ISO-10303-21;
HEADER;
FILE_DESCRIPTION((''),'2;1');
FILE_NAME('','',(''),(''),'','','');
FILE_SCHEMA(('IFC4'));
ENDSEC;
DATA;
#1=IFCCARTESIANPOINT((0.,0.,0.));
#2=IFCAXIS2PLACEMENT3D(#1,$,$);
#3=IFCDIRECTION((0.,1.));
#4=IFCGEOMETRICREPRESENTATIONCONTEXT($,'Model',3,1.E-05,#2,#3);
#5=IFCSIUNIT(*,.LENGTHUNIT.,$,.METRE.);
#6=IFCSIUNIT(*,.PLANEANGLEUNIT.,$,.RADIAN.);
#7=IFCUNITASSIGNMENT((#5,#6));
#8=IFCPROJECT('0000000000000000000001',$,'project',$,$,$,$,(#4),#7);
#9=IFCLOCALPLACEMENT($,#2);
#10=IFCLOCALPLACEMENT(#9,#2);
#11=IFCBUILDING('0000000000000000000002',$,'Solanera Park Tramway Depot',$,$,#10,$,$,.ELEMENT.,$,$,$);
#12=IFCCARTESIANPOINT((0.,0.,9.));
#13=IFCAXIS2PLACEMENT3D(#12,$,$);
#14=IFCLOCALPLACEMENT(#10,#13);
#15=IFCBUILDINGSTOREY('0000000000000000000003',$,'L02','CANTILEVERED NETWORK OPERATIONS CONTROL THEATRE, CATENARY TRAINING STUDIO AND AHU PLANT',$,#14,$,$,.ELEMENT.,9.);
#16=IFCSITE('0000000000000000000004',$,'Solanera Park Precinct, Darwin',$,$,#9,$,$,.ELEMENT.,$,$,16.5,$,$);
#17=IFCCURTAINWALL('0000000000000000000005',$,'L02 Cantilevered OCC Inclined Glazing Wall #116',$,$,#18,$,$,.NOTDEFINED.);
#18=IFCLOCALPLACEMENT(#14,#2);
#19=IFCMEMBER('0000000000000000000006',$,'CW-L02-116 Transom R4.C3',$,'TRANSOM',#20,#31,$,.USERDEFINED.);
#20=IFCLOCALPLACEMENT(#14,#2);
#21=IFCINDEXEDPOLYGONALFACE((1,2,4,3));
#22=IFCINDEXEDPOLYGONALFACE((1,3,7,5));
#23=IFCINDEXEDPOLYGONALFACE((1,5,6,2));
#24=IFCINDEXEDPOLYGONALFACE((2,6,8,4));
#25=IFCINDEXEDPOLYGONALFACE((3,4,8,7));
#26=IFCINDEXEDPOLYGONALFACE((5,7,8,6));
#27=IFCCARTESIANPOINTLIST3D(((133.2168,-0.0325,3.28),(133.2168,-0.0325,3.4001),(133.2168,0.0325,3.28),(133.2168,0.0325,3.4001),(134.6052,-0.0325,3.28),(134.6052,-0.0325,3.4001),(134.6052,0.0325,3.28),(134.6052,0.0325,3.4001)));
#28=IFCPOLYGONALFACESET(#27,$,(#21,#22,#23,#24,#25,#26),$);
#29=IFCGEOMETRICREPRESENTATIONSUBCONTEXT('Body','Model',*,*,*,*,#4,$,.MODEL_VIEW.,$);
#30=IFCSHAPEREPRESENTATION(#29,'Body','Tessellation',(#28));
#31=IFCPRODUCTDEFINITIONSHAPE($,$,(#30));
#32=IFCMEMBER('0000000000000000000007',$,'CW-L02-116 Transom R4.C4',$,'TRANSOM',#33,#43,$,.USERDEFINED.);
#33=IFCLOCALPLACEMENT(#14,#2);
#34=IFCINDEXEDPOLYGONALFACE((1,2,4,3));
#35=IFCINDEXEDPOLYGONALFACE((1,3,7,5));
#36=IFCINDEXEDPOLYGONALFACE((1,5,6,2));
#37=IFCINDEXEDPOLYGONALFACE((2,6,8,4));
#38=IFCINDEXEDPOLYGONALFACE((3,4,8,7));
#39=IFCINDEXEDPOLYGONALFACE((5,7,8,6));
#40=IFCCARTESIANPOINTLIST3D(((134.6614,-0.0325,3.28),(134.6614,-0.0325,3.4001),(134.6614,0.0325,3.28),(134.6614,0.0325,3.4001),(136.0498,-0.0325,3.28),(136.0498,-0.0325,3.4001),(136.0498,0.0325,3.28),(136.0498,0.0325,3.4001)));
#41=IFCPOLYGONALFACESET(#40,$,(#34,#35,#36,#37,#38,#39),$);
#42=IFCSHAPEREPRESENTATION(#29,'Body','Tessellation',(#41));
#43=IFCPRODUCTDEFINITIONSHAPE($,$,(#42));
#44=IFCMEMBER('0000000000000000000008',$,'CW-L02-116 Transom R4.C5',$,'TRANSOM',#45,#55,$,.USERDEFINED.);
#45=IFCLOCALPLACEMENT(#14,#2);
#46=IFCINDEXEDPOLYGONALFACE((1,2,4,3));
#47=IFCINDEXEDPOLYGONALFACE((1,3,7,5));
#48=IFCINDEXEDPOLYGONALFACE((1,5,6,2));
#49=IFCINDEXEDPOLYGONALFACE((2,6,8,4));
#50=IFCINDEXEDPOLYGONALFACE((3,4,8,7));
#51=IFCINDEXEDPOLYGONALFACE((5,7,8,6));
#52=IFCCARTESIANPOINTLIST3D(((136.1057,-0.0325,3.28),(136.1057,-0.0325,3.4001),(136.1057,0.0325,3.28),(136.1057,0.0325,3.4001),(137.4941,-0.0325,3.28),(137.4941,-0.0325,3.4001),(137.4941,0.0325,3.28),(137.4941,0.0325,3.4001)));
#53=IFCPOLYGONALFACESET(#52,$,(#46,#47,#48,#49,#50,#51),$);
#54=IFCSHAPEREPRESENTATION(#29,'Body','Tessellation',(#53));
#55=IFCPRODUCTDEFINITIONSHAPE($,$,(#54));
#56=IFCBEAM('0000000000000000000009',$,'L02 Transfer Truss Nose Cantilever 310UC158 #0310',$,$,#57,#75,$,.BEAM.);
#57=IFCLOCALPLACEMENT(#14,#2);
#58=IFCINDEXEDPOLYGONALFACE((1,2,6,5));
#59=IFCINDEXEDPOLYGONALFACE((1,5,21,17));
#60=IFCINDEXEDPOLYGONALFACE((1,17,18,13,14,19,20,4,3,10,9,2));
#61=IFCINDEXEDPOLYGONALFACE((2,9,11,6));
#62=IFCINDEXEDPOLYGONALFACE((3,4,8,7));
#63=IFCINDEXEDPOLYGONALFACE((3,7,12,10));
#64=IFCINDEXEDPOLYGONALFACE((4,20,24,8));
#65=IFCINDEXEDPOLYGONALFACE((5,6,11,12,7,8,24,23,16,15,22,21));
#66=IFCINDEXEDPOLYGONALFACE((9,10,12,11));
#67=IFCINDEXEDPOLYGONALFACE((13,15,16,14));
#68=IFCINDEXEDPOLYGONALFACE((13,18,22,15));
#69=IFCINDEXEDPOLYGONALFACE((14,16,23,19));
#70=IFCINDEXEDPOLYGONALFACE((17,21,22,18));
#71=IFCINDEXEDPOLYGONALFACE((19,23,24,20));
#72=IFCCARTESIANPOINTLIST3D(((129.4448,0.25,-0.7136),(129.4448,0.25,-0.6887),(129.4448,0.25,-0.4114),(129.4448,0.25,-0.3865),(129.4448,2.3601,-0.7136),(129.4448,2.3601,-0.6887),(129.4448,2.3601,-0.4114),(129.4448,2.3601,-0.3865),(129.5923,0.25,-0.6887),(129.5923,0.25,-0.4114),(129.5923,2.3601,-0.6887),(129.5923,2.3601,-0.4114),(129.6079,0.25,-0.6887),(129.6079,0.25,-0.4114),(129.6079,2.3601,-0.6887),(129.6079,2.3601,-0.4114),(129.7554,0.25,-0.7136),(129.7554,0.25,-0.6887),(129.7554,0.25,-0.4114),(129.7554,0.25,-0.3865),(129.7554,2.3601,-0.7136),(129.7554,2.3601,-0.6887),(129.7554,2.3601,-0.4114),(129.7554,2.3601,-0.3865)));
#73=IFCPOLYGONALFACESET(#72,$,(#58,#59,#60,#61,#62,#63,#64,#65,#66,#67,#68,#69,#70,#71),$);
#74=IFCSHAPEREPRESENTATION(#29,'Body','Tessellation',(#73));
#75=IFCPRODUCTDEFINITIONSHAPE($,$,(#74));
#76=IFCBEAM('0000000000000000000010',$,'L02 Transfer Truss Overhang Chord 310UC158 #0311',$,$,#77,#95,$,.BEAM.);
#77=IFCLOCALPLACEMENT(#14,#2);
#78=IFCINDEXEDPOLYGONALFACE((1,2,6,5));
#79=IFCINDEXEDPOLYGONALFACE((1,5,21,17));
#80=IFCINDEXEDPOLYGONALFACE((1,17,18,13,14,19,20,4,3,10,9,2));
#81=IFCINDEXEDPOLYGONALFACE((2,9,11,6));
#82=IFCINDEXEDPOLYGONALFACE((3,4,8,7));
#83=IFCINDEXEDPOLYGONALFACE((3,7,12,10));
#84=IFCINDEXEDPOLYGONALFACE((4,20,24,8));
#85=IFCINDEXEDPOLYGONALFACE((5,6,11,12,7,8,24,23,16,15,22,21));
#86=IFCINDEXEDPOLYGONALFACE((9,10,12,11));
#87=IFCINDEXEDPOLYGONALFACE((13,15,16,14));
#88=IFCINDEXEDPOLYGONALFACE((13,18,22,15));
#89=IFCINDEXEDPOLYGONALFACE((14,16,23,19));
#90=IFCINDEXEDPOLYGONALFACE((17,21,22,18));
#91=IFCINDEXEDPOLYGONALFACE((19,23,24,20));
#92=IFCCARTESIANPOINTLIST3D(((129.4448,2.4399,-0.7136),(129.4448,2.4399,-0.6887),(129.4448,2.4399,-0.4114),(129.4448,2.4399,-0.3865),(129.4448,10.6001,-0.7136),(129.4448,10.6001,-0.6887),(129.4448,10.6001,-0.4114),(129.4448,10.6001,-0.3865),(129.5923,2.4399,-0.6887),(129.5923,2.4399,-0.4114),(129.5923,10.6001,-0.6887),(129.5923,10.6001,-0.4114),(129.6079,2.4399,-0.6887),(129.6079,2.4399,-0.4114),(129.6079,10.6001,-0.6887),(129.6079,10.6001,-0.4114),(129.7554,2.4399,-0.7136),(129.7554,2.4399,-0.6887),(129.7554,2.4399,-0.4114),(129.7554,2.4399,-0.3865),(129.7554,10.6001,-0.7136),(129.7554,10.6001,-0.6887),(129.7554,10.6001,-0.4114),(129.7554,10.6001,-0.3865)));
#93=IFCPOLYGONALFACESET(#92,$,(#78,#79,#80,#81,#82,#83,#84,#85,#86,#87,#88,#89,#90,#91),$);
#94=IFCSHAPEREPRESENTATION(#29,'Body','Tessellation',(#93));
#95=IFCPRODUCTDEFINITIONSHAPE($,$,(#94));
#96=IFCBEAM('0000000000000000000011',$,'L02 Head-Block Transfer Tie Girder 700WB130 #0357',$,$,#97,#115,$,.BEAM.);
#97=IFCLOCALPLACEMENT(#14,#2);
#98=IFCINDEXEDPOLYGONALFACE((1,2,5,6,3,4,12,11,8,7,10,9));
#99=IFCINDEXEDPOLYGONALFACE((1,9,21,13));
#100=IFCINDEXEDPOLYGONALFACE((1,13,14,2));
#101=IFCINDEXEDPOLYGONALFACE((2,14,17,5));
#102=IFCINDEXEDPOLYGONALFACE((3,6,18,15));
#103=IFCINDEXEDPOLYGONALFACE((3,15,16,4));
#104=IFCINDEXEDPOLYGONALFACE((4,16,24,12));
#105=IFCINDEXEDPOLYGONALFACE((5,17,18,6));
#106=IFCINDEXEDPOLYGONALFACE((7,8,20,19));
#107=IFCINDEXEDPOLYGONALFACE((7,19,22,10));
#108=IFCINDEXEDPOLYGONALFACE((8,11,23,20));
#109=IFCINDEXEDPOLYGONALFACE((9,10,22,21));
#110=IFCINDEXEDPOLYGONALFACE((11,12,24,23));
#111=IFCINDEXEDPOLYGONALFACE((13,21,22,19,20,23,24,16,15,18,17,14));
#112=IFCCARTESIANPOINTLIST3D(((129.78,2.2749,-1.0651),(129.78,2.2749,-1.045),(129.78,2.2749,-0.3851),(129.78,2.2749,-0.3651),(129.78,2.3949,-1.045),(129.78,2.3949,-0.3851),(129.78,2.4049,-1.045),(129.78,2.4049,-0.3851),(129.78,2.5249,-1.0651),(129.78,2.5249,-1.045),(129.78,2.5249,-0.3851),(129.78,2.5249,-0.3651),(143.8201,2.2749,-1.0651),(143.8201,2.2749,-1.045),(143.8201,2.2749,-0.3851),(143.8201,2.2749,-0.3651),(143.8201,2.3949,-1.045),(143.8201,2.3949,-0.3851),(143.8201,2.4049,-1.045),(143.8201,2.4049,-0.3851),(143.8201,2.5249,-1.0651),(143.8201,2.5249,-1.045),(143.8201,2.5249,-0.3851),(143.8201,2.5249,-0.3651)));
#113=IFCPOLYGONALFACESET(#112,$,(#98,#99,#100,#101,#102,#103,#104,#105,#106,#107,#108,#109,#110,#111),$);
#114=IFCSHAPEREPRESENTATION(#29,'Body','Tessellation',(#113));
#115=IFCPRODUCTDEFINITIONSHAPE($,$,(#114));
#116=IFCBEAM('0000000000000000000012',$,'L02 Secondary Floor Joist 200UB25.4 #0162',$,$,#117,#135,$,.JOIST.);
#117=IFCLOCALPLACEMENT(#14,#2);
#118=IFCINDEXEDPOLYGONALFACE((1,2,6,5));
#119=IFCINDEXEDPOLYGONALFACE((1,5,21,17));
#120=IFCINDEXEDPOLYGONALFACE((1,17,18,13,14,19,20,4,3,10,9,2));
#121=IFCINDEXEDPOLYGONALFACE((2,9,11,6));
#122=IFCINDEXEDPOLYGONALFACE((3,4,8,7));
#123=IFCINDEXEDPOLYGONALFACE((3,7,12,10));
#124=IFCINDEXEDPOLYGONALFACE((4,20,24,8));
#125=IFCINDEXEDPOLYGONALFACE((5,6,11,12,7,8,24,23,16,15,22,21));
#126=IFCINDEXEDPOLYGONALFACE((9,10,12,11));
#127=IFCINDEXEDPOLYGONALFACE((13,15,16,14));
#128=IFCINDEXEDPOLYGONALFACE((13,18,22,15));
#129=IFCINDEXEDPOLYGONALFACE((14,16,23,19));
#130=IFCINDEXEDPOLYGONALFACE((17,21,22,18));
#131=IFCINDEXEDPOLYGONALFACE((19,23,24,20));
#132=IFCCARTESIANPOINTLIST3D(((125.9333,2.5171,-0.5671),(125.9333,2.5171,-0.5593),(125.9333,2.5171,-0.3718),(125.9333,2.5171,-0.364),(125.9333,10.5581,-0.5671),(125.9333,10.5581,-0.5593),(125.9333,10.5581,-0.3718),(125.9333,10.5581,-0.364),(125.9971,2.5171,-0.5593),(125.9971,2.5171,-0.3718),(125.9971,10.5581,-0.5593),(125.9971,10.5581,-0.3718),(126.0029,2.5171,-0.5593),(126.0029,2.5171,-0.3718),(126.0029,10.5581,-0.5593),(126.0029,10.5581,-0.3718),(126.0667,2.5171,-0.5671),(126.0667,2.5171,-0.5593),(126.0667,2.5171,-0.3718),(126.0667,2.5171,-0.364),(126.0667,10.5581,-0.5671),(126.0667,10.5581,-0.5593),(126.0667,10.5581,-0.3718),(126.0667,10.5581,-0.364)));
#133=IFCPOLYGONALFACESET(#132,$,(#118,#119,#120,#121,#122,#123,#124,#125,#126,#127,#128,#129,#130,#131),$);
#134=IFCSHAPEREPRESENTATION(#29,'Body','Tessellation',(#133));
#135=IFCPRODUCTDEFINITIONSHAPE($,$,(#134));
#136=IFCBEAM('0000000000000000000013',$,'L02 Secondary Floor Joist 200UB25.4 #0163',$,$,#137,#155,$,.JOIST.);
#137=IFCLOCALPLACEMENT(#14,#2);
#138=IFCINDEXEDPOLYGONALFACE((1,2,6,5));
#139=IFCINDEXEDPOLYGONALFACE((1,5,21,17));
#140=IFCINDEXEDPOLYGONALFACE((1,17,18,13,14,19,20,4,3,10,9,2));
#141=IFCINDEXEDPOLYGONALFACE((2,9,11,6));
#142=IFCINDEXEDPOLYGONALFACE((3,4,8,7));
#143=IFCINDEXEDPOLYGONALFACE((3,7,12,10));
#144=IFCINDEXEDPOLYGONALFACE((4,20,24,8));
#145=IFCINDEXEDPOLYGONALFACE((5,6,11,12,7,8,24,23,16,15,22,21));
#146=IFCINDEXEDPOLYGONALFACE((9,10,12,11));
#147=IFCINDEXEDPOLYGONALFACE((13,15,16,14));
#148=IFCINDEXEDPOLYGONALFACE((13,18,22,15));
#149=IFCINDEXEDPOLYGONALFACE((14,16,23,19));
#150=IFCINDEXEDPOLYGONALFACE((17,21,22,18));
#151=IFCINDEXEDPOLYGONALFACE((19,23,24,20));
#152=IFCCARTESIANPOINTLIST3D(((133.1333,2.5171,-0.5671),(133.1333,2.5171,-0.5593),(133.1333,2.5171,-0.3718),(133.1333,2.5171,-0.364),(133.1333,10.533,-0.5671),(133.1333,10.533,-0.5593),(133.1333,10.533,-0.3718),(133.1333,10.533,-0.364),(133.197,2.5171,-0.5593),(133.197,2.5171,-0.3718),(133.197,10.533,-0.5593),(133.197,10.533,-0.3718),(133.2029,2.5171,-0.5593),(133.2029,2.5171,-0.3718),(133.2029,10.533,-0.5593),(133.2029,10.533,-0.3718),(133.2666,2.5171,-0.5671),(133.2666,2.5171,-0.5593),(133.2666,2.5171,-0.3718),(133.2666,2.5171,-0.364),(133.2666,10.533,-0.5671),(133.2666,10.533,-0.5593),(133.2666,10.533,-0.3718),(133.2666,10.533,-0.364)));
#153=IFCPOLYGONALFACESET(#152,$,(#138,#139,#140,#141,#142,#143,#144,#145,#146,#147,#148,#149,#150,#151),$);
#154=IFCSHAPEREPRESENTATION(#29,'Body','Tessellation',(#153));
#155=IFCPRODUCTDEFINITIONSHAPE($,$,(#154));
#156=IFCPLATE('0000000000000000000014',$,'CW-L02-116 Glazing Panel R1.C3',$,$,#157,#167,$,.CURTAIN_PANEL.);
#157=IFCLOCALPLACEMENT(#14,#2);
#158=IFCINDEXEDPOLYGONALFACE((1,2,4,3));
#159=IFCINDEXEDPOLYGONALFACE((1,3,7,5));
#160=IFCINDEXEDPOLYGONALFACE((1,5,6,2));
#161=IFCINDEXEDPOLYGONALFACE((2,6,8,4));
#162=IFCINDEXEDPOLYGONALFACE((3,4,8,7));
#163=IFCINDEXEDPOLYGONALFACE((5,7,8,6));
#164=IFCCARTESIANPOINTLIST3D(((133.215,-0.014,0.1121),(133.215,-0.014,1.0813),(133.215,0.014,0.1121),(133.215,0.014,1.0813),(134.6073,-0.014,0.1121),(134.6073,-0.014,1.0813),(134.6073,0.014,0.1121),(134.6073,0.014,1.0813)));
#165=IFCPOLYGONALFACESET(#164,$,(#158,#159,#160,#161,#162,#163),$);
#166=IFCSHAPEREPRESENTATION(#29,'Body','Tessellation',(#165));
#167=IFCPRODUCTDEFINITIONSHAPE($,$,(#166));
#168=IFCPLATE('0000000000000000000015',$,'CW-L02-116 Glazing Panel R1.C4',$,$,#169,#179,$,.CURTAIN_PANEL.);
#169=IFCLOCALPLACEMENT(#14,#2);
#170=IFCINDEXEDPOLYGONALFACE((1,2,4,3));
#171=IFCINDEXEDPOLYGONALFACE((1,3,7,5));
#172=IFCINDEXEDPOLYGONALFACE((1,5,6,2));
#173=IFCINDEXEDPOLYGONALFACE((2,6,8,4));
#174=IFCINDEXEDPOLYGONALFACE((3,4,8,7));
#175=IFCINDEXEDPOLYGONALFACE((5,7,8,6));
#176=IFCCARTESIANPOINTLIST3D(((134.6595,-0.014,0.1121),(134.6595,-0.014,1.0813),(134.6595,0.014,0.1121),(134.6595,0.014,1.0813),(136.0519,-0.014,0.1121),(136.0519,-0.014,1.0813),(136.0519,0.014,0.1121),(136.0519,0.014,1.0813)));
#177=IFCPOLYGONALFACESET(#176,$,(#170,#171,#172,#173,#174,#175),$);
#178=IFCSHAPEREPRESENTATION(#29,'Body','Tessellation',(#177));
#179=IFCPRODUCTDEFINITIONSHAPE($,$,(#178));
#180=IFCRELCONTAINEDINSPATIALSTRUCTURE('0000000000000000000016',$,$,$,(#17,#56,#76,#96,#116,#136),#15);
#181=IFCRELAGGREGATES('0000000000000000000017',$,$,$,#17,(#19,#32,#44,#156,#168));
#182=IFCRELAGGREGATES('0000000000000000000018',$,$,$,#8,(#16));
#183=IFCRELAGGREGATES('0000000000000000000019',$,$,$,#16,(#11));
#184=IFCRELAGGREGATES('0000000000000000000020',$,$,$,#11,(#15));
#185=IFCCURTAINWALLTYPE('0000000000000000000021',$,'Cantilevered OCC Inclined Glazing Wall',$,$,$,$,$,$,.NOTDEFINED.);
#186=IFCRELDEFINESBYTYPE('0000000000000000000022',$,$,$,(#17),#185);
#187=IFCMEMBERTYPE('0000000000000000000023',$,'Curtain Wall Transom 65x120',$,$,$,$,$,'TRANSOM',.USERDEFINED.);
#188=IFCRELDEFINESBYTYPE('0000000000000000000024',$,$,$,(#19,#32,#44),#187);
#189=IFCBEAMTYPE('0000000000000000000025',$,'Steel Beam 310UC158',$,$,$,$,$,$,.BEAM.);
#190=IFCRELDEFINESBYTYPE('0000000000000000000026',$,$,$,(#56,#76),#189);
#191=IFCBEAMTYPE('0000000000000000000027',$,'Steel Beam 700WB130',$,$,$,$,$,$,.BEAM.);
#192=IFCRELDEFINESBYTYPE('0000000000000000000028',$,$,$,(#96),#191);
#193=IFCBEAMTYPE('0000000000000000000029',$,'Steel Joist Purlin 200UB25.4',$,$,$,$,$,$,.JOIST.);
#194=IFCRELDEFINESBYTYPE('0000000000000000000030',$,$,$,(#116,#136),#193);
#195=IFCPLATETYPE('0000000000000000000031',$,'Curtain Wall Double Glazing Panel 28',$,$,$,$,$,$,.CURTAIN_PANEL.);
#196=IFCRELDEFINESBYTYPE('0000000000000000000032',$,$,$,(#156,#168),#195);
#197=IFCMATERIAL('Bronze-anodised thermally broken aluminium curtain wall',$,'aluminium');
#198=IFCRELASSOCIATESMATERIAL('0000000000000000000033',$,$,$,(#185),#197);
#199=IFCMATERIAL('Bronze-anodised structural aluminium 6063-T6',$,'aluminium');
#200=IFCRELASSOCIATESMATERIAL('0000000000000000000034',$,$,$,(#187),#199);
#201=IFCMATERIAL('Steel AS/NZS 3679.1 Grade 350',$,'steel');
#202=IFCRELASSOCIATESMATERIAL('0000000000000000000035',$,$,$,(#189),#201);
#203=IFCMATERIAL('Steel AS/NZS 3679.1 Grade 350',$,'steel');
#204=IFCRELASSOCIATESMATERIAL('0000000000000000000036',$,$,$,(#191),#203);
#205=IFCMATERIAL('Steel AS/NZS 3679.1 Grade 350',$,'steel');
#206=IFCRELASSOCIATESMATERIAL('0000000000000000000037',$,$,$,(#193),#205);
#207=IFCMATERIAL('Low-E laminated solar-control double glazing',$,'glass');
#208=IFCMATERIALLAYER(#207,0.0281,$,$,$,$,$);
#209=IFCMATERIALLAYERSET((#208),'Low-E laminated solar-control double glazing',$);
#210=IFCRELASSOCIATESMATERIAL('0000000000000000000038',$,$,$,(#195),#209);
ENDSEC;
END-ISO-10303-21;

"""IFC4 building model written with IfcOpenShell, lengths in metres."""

from ifc_helpers import new_model, si_unit, direction, frame, origin, origin_2d, place, context, subcontext, project, spatial, rectangle, i_section, extrude, material, layer, layer_set, material_profile, profile_set, type_object, element, aggregate, save


model = new_model("IFC4")

# Units and contexts
model_context = context("Model", 3, precision=1e-05, world=origin(), true_north=direction((0.0, 1.0)))
body_context = subcontext(model_context, "Body", "Model", "MODEL_VIEW")
ifc_project = project(units=[si_unit("LENGTHUNIT", "METRE"), si_unit("PLANEANGLEUNIT", "RADIAN")], contexts=[model_context])

# Site, building, storey
site_placement = place(None, origin())
site = spatial("IfcSite", under=ifc_project, at=site_placement, Name="Solanera Park Precinct, Darwin", CompositionType="ELEMENT", RefElevation=16.5)
building_placement = place(site_placement, origin())
building = spatial("IfcBuilding", under=site, at=building_placement, Name="Solanera Park Tramway Depot", CompositionType="ELEMENT")
storey_placement = place(building_placement, frame((0.0, 0.0, 9.0)))
storey = spatial("IfcBuildingStorey", under=building, at=storey_placement, Name="L02", Description="CANTILEVERED NETWORK OPERATIONS CONTROL THEATRE, CATENARY TRAINING STUDIO AND AHU PLANT", CompositionType="ELEMENT", Elevation=9.0)

# Curtain wall, members
ifc_material_1 = material(Name="Bronze-anodised thermally broken aluminium curtain wall", Category="aluminium")
curtain_wall_type = type_object("IfcCurtainWallType", Name="Cantilevered OCC Inclined Glazing Wall", PredefinedType="NOTDEFINED", material=ifc_material_1)
curtain_wall_placement = place(storey_placement, origin())
curtain_wall = element("IfcCurtainWall", 1, at=curtain_wall_placement, inside=storey, type_object=curtain_wall_type, Name="L02 Cantilevered OCC Inclined Glazing Wall #116", PredefinedType="NOTDEFINED")
ifc_material_2 = material(Name="Bronze-anodised structural aluminium 6063-T6", Category="aluminium")
ifc_material_profile_1 = material_profile(ifc_material_2, rectangle(XDim=0.0649, YDim=0.1201, at=origin_2d()), Name="Curtain Wall Transom 65x120")
ifc_profile_set_1 = profile_set([ifc_material_profile_1], Name="Bronze-anodised structural aluminium 6063-T6")
member_type_1 = type_object("IfcMemberType", Name="Curtain Wall Transom 65x120", ElementType="TRANSOM", PredefinedType="USERDEFINED", material=ifc_profile_set_1)
member_1_placement = place(storey_placement, frame((133.2168, 0.0, 3.3401), z_axis=(1.0, 0.0, 0.0), x_axis=(0.0, 1.0, 0.0)))
member_1 = element("IfcMember", 2, at=member_1_placement, type_object=member_type_1, Name="CW-L02-116 Transom R4.C3", ObjectType="TRANSOM", PredefinedType="USERDEFINED", context=body_context, shape_type="SweptSolid", body=[
    extrude(rectangle(XDim=0.0649, YDim=0.1201, at=origin_2d()), origin(), (0.0, 0.0, 1.0), 1.3884),
])
member_2_placement = place(storey_placement, frame((134.6614, 0.0, 3.3401), z_axis=(1.0, 0.0, 0.0), x_axis=(0.0, 1.0, 0.0)))
member_2 = element("IfcMember", 3, at=member_2_placement, type_object=member_type_1, Name="CW-L02-116 Transom R4.C4", ObjectType="TRANSOM", PredefinedType="USERDEFINED", context=body_context, shape_type="SweptSolid", body=[
    extrude(rectangle(XDim=0.0649, YDim=0.1201, at=origin_2d()), origin(), (0.0, 0.0, 1.0), 1.3884),
])
member_3_placement = place(storey_placement, frame((136.1057, 0.0, 3.3401), z_axis=(1.0, 0.0, 0.0), x_axis=(0.0, 1.0, 0.0)))
member_3 = element("IfcMember", 4, at=member_3_placement, type_object=member_type_1, Name="CW-L02-116 Transom R4.C5", ObjectType="TRANSOM", PredefinedType="USERDEFINED", context=body_context, shape_type="SweptSolid", body=[
    extrude(rectangle(XDim=0.0649, YDim=0.1201, at=origin_2d()), origin(), (0.0, 0.0, 1.0), 1.3884),
])

# Beams
ifc_material_3 = material(Name="Steel AS/NZS 3679.1 Grade 350", Category="steel")
ifc_material_profile_2 = material_profile(ifc_material_3, i_section(OverallWidth=0.3105, OverallDepth=0.3271, WebThickness=0.0156, FlangeThickness=0.0249, at=origin_2d()), Name="310UC158")
ifc_profile_set_2 = profile_set([ifc_material_profile_2], Name="Steel AS/NZS 3679.1 Grade 350")
beam_type_1 = type_object("IfcBeamType", Name="Steel Beam 310UC158", PredefinedType="BEAM", material=ifc_profile_set_2)
beam_1_placement = place(storey_placement, frame((129.6001, 0.25, -0.55), z_axis=(0.0, 1.0, 0.0), x_axis=(-1.0, 0.0, 0.0)))
element("IfcBeam", 5, at=beam_1_placement, inside=storey, type_object=beam_type_1, Name="L02 Transfer Truss Nose Cantilever 310UC158 #0310", PredefinedType="BEAM", context=body_context, shape_type="SweptSolid", body=[
    extrude(i_section(OverallWidth=0.3105, OverallDepth=0.3271, WebThickness=0.0156, FlangeThickness=0.0249, at=origin_2d()), origin(), (0.0, 0.0, 1.0), 2.1101),
])
beam_2_placement = place(storey_placement, frame((129.6001, 2.4399, -0.55), z_axis=(0.0, 1.0, 0.0), x_axis=(-1.0, 0.0, 0.0)))
element("IfcBeam", 6, at=beam_2_placement, inside=storey, type_object=beam_type_1, Name="L02 Transfer Truss Overhang Chord 310UC158 #0311", PredefinedType="BEAM", context=body_context, shape_type="SweptSolid", body=[
    extrude(i_section(OverallWidth=0.3105, OverallDepth=0.3271, WebThickness=0.0156, FlangeThickness=0.0249, at=origin_2d()), origin(), (0.0, 0.0, 1.0), 8.1602),
])
ifc_material_4 = material(Name="Steel AS/NZS 3679.1 Grade 350", Category="steel")
ifc_material_profile_3 = material_profile(ifc_material_4, i_section(OverallWidth=0.25, OverallDepth=0.7, WebThickness=0.01, FlangeThickness=0.02, at=origin_2d()), Name="700WB130")
ifc_profile_set_3 = profile_set([ifc_material_profile_3], Name="Steel AS/NZS 3679.1 Grade 350")
beam_type_2 = type_object("IfcBeamType", Name="Steel Beam 700WB130", PredefinedType="BEAM", material=ifc_profile_set_3)
beam_3_placement = place(storey_placement, frame((129.78, 2.3999, -0.7151), z_axis=(1.0, 0.0, 0.0), x_axis=(0.0, 1.0, 0.0)))
element("IfcBeam", 7, at=beam_3_placement, inside=storey, type_object=beam_type_2, Name="L02 Head-Block Transfer Tie Girder 700WB130 #0357", PredefinedType="BEAM", context=body_context, shape_type="SweptSolid", body=[
    extrude(i_section(OverallWidth=0.25, OverallDepth=0.7, WebThickness=0.01, FlangeThickness=0.02, at=origin_2d()), origin(), (0.0, 0.0, 1.0), 14.04),
])
ifc_material_5 = material(Name="Steel AS/NZS 3679.1 Grade 350", Category="steel")
ifc_material_profile_4 = material_profile(ifc_material_5, i_section(OverallWidth=0.1333, OverallDepth=0.2031, WebThickness=0.0059, FlangeThickness=0.0078, at=origin_2d()), Name="200UB25.4")
ifc_profile_set_4 = profile_set([ifc_material_profile_4], Name="Steel AS/NZS 3679.1 Grade 350")
beam_type_3 = type_object("IfcBeamType", Name="Steel Joist Purlin 200UB25.4", PredefinedType="JOIST", material=ifc_profile_set_4)
beam_4_placement = place(storey_placement, frame((126.0, 2.5171, -0.4656), z_axis=(0.0, 1.0, 0.0), x_axis=(-1.0, 0.0, 0.0)))
element("IfcBeam", 8, at=beam_4_placement, inside=storey, type_object=beam_type_3, Name="L02 Secondary Floor Joist 200UB25.4 #0162", PredefinedType="JOIST", context=body_context, shape_type="SweptSolid", body=[
    extrude(i_section(OverallWidth=0.1333, OverallDepth=0.2031, WebThickness=0.0059, FlangeThickness=0.0078, at=origin_2d()), origin(), (0.0, 0.0, 1.0), 8.041),
])
beam_5_placement = place(storey_placement, frame((133.2, 2.5171, -0.4656), z_axis=(0.0, 1.0, 0.0), x_axis=(-1.0, 0.0, 0.0)))
element("IfcBeam", 9, at=beam_5_placement, inside=storey, type_object=beam_type_3, Name="L02 Secondary Floor Joist 200UB25.4 #0163", PredefinedType="JOIST", context=body_context, shape_type="SweptSolid", body=[
    extrude(i_section(OverallWidth=0.1333, OverallDepth=0.2031, WebThickness=0.0059, FlangeThickness=0.0078, at=origin_2d()), origin(), (0.0, 0.0, 1.0), 8.0159),
])

# Plates
ifc_material_6 = material(Name="Low-E laminated solar-control double glazing", Category="glass")
ifc_layer_1 = layer(ifc_material_6, 0.0281)
ifc_layer_set_1 = layer_set([ifc_layer_1], Name="Low-E laminated solar-control double glazing")
plate_type = type_object("IfcPlateType", Name="Curtain Wall Double Glazing Panel 28", PredefinedType="CURTAIN_PANEL", material=ifc_layer_set_1)
plate_1_placement = place(storey_placement, frame((133.9111, 0.0, 0.1121), z_axis=(0.0, 0.0, 1.0), x_axis=(1.0, 0.0, 0.0)))
plate_1 = element("IfcPlate", 10, at=plate_1_placement, type_object=plate_type, Name="CW-L02-116 Glazing Panel R1.C3", PredefinedType="CURTAIN_PANEL", context=body_context, shape_type="SweptSolid", body=[
    extrude(rectangle(XDim=1.3923, YDim=0.0281, at=origin_2d()), origin(), (0.0, 0.0, 1.0), 0.9692),
])
plate_2_placement = place(storey_placement, frame((135.3557, 0.0, 0.1121), z_axis=(0.0, 0.0, 1.0), x_axis=(1.0, 0.0, 0.0)))
plate_2 = element("IfcPlate", 11, at=plate_2_placement, type_object=plate_type, Name="CW-L02-116 Glazing Panel R1.C4", PredefinedType="CURTAIN_PANEL", context=body_context, shape_type="SweptSolid", body=[
    extrude(rectangle(XDim=1.3923, YDim=0.0281, at=origin_2d()), origin(), (0.0, 0.0, 1.0), 0.9692),
])
aggregate(curtain_wall, [member_1, member_2, member_3, plate_1, plate_2])

save(model, "model.ifc")
